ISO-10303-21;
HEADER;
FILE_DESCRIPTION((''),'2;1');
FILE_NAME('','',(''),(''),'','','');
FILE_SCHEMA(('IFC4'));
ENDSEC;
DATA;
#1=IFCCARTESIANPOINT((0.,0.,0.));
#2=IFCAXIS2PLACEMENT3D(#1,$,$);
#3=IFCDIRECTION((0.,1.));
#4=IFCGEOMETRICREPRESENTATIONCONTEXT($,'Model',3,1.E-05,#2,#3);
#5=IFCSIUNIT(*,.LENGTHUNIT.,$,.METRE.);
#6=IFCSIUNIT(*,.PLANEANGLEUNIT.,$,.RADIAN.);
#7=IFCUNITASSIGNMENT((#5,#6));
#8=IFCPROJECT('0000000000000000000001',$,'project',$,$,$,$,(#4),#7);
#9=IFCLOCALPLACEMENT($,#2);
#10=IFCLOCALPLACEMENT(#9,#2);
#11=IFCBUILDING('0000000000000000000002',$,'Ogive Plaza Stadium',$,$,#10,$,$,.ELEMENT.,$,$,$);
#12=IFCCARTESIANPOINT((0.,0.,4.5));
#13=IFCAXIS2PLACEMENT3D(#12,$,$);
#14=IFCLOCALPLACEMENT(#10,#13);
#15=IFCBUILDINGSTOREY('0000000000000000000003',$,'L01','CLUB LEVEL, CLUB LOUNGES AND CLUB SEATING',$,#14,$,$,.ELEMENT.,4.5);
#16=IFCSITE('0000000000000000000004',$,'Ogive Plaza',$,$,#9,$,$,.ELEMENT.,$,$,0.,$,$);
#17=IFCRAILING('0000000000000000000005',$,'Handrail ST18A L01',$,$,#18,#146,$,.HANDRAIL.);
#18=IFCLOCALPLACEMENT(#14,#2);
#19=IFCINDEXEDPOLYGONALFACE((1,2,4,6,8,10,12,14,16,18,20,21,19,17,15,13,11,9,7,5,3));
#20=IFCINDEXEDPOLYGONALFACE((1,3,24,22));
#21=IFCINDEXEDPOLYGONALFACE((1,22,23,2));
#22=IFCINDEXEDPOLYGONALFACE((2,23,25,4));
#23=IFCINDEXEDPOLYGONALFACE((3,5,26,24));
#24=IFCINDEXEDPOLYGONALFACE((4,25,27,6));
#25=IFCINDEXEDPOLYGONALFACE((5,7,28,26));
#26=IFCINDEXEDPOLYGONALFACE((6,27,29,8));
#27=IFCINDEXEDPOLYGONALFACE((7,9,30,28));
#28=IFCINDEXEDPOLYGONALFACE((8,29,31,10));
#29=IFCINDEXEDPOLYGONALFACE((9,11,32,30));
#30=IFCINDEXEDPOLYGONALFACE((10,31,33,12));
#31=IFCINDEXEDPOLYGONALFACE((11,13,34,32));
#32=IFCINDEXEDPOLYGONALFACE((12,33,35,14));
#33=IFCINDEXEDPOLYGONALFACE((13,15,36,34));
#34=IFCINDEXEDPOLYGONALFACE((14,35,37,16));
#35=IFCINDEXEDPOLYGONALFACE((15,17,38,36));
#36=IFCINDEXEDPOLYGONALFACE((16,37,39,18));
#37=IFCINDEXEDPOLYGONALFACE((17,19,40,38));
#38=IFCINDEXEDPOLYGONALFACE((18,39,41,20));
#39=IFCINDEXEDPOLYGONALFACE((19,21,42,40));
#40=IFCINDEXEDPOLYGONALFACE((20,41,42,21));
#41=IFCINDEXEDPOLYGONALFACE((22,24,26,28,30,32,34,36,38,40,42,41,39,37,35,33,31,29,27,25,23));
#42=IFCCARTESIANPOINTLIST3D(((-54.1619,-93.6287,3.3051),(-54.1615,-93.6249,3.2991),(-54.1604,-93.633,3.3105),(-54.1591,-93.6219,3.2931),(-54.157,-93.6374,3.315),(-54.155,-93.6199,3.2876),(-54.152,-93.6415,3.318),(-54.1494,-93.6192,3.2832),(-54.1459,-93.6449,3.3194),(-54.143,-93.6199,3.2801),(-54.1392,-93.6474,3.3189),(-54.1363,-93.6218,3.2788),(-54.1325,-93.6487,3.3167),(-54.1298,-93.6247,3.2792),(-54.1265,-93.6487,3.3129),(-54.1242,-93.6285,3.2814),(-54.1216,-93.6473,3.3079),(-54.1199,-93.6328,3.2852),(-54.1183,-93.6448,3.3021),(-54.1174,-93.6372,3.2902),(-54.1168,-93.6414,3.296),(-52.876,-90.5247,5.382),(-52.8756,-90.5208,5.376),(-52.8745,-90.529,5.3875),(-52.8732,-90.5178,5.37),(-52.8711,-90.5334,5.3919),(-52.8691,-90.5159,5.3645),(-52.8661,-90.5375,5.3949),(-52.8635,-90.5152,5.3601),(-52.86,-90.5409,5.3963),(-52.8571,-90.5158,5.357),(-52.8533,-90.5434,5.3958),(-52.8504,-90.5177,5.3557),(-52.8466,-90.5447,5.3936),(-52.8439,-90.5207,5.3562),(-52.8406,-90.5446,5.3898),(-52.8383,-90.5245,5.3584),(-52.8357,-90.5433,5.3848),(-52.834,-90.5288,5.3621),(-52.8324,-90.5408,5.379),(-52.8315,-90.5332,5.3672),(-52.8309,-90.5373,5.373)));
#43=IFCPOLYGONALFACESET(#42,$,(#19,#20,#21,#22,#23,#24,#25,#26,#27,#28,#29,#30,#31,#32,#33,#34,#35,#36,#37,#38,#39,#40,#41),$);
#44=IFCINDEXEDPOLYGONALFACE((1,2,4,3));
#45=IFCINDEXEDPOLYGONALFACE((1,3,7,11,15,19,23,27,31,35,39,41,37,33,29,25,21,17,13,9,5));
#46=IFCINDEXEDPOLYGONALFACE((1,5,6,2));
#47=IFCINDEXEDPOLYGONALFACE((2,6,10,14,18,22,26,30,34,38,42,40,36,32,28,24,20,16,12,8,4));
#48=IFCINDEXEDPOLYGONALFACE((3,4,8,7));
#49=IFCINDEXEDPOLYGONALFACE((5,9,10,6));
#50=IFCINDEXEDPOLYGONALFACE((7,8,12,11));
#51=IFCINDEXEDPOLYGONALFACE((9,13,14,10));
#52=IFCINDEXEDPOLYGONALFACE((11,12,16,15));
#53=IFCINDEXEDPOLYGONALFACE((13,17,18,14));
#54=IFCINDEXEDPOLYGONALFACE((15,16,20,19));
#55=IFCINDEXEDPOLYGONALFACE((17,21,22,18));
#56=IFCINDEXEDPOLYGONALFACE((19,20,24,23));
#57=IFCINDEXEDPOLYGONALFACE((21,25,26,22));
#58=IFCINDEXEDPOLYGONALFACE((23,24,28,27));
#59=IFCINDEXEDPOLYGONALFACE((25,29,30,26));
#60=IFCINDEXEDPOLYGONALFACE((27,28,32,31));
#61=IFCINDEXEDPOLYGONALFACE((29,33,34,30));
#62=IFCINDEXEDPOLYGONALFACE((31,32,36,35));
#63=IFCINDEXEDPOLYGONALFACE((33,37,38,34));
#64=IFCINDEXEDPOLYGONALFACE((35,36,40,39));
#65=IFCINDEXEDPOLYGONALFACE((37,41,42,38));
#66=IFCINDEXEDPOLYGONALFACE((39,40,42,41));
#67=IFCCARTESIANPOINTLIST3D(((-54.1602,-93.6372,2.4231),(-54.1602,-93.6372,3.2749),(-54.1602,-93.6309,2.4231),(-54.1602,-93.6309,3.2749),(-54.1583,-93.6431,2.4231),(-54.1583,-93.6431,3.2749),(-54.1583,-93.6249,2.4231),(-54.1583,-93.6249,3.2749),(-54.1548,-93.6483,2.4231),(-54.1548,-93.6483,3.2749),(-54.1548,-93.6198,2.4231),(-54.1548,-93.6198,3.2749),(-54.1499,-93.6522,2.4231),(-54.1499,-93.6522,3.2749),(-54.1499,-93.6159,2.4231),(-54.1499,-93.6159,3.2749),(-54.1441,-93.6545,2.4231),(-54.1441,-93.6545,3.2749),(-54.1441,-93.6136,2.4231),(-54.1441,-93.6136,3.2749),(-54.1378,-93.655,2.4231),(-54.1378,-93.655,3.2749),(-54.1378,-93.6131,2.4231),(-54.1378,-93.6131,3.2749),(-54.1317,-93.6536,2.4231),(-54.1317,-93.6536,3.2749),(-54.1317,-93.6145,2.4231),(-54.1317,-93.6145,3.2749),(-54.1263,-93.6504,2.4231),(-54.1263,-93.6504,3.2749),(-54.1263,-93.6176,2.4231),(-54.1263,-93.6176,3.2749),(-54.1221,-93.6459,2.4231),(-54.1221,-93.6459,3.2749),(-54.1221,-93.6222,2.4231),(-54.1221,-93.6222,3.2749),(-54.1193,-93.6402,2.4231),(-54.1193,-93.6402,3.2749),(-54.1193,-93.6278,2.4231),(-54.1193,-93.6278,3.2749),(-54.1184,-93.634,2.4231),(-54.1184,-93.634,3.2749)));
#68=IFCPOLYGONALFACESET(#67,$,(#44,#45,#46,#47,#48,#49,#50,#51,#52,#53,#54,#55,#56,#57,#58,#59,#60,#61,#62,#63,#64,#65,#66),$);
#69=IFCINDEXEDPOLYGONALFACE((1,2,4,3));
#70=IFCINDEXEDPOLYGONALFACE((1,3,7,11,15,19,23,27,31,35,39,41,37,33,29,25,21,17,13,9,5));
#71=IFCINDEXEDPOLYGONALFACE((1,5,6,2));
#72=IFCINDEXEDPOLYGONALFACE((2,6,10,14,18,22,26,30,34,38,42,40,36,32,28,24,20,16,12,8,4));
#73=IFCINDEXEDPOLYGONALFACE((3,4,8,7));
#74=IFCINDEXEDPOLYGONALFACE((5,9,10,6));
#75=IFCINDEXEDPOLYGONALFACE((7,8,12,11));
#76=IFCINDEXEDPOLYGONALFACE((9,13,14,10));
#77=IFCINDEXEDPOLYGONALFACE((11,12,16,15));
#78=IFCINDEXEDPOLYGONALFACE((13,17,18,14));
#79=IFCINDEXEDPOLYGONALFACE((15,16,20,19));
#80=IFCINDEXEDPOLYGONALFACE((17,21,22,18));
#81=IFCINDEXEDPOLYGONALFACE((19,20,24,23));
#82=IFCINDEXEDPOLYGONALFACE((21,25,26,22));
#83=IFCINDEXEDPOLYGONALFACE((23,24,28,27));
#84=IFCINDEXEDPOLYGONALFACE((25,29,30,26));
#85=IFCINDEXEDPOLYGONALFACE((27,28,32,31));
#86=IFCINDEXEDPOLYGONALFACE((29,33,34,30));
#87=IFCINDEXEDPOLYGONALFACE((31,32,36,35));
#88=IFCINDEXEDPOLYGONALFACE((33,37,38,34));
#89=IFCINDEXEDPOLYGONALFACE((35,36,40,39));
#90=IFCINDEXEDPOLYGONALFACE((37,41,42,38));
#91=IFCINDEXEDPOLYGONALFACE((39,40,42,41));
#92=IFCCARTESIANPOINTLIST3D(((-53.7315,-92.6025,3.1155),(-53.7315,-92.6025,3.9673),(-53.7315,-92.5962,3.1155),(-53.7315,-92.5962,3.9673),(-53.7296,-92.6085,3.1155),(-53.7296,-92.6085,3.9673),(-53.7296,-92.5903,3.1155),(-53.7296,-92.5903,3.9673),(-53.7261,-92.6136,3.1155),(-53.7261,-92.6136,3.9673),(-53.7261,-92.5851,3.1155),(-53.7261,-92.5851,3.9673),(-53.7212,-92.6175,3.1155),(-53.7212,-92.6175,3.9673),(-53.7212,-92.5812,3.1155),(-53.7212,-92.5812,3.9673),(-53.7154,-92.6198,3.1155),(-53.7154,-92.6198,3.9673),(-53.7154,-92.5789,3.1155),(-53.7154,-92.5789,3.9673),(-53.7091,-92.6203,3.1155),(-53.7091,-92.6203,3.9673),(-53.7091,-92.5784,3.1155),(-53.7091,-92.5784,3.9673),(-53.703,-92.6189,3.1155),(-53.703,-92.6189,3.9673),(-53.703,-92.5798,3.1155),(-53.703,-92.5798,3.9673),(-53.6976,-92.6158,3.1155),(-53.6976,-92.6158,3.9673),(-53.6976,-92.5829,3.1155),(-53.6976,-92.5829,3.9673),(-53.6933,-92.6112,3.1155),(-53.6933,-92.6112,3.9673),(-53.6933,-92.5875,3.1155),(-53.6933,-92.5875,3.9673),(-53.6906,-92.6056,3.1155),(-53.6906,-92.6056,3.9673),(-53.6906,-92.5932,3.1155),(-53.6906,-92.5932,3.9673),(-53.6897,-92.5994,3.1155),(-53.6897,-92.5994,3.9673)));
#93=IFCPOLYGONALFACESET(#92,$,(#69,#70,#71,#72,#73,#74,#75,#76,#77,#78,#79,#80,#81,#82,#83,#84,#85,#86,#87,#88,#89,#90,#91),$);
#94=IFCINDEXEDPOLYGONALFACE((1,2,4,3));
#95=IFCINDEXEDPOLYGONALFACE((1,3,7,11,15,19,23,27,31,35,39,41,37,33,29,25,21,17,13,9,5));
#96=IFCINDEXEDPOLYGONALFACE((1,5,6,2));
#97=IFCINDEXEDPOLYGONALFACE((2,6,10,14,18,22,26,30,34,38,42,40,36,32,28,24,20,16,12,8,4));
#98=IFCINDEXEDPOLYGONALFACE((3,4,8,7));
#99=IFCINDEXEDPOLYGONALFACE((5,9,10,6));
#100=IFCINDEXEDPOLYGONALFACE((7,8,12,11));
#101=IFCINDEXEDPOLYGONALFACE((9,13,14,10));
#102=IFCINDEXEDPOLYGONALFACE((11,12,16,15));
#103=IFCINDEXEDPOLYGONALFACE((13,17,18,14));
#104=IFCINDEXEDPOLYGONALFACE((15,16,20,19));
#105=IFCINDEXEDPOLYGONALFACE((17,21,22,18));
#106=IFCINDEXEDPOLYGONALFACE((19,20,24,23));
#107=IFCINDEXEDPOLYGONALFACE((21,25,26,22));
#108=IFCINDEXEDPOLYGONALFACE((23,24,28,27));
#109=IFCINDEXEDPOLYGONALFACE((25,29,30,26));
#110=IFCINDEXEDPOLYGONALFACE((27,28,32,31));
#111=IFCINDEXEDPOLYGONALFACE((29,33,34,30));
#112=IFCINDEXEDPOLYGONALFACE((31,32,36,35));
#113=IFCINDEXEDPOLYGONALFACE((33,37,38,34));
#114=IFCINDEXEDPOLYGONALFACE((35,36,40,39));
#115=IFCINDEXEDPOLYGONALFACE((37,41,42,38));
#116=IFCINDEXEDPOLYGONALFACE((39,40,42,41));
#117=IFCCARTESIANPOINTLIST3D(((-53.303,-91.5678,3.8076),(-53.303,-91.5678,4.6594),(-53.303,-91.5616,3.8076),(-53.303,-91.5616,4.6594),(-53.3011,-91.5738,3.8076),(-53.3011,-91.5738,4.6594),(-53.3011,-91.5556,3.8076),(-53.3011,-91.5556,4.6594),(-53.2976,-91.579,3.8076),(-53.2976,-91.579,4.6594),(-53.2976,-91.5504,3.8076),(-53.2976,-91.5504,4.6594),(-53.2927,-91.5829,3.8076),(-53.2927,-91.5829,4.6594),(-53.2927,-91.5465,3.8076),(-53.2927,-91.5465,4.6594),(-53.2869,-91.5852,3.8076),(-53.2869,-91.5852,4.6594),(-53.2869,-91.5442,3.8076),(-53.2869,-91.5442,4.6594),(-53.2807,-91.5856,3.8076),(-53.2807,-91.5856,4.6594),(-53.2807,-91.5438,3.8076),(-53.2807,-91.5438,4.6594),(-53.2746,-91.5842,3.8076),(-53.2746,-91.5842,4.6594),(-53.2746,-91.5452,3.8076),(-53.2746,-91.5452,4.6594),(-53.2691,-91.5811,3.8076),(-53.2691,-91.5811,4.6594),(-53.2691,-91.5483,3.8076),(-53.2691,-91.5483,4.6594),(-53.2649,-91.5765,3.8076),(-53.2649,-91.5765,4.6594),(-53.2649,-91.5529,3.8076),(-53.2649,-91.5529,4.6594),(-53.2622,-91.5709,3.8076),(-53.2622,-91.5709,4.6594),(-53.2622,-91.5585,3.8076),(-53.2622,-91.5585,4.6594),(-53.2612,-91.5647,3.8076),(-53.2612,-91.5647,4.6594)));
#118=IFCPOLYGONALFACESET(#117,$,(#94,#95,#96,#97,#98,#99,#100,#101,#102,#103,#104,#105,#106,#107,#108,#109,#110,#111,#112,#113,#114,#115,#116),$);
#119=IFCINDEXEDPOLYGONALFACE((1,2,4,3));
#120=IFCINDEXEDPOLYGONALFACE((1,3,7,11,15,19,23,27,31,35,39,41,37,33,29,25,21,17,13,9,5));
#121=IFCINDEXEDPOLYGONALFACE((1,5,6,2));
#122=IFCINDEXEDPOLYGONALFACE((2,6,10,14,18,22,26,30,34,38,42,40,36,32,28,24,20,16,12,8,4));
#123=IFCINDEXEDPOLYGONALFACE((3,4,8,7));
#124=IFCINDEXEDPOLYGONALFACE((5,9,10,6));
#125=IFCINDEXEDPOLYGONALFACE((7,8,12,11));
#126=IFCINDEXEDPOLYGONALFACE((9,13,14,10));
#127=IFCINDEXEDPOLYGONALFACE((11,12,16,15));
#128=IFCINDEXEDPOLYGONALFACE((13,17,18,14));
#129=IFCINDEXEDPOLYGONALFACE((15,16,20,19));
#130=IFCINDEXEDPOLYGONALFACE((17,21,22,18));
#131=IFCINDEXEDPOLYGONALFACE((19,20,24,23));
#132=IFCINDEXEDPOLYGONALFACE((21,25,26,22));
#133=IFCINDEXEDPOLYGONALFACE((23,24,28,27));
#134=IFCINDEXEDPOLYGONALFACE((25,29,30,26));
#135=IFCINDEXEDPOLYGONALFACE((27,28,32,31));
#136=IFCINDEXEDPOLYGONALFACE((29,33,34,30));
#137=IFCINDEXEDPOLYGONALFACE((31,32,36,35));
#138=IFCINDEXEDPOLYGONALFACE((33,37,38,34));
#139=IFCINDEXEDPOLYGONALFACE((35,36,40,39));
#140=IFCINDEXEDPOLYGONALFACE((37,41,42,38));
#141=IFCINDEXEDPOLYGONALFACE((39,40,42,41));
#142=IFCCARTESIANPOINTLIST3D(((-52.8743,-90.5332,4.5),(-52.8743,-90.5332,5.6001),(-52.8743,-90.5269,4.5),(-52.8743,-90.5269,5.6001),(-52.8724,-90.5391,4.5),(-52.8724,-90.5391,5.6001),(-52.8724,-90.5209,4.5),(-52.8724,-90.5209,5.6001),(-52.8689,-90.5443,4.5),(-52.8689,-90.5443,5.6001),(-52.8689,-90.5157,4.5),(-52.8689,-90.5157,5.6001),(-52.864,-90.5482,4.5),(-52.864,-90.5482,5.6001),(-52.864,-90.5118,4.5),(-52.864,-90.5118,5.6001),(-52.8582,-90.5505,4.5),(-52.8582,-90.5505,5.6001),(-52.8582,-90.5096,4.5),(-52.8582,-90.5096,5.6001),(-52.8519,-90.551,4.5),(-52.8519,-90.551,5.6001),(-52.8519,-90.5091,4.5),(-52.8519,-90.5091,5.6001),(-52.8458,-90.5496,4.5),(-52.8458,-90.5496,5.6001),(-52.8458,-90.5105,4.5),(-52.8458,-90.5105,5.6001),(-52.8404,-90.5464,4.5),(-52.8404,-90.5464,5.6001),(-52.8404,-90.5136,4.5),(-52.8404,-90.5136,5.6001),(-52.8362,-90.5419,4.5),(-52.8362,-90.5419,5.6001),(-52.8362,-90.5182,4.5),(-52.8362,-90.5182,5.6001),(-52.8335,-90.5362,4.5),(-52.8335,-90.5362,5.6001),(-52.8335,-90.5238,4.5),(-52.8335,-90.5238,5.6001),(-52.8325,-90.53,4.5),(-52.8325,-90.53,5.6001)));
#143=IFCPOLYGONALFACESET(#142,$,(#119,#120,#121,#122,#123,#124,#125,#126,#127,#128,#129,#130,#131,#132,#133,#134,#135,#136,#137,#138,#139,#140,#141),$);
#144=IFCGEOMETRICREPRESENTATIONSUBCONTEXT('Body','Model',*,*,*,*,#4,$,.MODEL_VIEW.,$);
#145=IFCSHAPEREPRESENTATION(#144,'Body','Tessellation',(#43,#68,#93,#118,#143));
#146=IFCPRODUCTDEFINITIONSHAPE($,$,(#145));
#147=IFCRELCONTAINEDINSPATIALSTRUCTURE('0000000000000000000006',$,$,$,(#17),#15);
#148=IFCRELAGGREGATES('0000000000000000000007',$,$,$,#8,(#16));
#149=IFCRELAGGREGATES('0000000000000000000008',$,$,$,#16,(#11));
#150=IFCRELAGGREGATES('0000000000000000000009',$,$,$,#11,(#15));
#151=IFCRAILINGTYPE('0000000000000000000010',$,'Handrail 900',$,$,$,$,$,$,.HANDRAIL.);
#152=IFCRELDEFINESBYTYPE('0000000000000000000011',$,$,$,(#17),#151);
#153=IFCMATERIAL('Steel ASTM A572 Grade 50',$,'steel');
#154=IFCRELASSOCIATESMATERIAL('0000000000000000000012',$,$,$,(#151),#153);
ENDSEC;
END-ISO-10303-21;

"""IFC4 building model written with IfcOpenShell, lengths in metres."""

from ifc_helpers import new_model, si_unit, direction, frame, origin, origin_2d, place, context, subcontext, project, spatial, circle, extrude, material, type_object, element, save


model = new_model("IFC4")

# Units and contexts
model_context = context("Model", 3, precision=1e-05, world=origin(), true_north=direction((0.0, 1.0)))
body_context = subcontext(model_context, "Body", "Model", "MODEL_VIEW")
ifc_project = project(units=[si_unit("LENGTHUNIT", "METRE"), si_unit("PLANEANGLEUNIT", "RADIAN")], contexts=[model_context])

# Site, building, storey
site_placement = place(None, origin())
site = spatial("IfcSite", under=ifc_project, at=site_placement, Name="Ogive Plaza", CompositionType="ELEMENT", RefElevation=0.0)
building_placement = place(site_placement, origin())
building = spatial("IfcBuilding", under=site, at=building_placement, Name="Ogive Plaza Stadium", CompositionType="ELEMENT")
storey_placement = place(building_placement, frame((0.0, 0.0, 4.5)))
storey = spatial("IfcBuildingStorey", under=building, at=storey_placement, Name="L01", Description="CLUB LEVEL, CLUB LOUNGES AND CLUB SEATING", CompositionType="ELEMENT", Elevation=4.5)

# Railing
ifc_material_1 = material(Name="Steel ASTM A572 Grade 50", Category="steel")
railing_type_1 = type_object("IfcRailingType", Name="Handrail 900", PredefinedType="HANDRAIL", material=ifc_material_1)
railing_1_placement = place(storey_placement, frame((-54.1394, -93.634, 2.4231)))
element("IfcRailing", 1, at=railing_1_placement, inside=storey, type_object=railing_type_1, Name="Handrail ST18A L01", PredefinedType="HANDRAIL", context=body_context, shape_type="SweptSolid", body=[
    extrude(circle(Radius=0.0239, at=origin_2d()), frame((0.0, 0.0, 0.876), z_axis=(0.325548, 0.785839, 0.525809), x_axis=(-0.923862, 0.382726, 0.0)), (0.0, 0.0, 1.0), 3.95),
    extrude(circle(Radius=0.021, at=origin_2d()), origin(), (0.0, 0.0, 1.0), 0.8518),
    extrude(circle(Radius=0.021, at=origin_2d()), frame((0.4287, 1.0347, 0.6924)), (0.0, 0.0, 1.0), 0.8518),
    extrude(circle(Radius=0.021, at=origin_2d()), frame((0.8572, 2.0693, 1.3845)), (0.0, 0.0, 1.0), 0.8518),
    extrude(circle(Radius=0.021, at=origin_2d()), frame((1.2859, 3.104, 2.0769)), (0.0, 0.0, 1.0), 1.1001),
])

save(model, "model.ifc")
